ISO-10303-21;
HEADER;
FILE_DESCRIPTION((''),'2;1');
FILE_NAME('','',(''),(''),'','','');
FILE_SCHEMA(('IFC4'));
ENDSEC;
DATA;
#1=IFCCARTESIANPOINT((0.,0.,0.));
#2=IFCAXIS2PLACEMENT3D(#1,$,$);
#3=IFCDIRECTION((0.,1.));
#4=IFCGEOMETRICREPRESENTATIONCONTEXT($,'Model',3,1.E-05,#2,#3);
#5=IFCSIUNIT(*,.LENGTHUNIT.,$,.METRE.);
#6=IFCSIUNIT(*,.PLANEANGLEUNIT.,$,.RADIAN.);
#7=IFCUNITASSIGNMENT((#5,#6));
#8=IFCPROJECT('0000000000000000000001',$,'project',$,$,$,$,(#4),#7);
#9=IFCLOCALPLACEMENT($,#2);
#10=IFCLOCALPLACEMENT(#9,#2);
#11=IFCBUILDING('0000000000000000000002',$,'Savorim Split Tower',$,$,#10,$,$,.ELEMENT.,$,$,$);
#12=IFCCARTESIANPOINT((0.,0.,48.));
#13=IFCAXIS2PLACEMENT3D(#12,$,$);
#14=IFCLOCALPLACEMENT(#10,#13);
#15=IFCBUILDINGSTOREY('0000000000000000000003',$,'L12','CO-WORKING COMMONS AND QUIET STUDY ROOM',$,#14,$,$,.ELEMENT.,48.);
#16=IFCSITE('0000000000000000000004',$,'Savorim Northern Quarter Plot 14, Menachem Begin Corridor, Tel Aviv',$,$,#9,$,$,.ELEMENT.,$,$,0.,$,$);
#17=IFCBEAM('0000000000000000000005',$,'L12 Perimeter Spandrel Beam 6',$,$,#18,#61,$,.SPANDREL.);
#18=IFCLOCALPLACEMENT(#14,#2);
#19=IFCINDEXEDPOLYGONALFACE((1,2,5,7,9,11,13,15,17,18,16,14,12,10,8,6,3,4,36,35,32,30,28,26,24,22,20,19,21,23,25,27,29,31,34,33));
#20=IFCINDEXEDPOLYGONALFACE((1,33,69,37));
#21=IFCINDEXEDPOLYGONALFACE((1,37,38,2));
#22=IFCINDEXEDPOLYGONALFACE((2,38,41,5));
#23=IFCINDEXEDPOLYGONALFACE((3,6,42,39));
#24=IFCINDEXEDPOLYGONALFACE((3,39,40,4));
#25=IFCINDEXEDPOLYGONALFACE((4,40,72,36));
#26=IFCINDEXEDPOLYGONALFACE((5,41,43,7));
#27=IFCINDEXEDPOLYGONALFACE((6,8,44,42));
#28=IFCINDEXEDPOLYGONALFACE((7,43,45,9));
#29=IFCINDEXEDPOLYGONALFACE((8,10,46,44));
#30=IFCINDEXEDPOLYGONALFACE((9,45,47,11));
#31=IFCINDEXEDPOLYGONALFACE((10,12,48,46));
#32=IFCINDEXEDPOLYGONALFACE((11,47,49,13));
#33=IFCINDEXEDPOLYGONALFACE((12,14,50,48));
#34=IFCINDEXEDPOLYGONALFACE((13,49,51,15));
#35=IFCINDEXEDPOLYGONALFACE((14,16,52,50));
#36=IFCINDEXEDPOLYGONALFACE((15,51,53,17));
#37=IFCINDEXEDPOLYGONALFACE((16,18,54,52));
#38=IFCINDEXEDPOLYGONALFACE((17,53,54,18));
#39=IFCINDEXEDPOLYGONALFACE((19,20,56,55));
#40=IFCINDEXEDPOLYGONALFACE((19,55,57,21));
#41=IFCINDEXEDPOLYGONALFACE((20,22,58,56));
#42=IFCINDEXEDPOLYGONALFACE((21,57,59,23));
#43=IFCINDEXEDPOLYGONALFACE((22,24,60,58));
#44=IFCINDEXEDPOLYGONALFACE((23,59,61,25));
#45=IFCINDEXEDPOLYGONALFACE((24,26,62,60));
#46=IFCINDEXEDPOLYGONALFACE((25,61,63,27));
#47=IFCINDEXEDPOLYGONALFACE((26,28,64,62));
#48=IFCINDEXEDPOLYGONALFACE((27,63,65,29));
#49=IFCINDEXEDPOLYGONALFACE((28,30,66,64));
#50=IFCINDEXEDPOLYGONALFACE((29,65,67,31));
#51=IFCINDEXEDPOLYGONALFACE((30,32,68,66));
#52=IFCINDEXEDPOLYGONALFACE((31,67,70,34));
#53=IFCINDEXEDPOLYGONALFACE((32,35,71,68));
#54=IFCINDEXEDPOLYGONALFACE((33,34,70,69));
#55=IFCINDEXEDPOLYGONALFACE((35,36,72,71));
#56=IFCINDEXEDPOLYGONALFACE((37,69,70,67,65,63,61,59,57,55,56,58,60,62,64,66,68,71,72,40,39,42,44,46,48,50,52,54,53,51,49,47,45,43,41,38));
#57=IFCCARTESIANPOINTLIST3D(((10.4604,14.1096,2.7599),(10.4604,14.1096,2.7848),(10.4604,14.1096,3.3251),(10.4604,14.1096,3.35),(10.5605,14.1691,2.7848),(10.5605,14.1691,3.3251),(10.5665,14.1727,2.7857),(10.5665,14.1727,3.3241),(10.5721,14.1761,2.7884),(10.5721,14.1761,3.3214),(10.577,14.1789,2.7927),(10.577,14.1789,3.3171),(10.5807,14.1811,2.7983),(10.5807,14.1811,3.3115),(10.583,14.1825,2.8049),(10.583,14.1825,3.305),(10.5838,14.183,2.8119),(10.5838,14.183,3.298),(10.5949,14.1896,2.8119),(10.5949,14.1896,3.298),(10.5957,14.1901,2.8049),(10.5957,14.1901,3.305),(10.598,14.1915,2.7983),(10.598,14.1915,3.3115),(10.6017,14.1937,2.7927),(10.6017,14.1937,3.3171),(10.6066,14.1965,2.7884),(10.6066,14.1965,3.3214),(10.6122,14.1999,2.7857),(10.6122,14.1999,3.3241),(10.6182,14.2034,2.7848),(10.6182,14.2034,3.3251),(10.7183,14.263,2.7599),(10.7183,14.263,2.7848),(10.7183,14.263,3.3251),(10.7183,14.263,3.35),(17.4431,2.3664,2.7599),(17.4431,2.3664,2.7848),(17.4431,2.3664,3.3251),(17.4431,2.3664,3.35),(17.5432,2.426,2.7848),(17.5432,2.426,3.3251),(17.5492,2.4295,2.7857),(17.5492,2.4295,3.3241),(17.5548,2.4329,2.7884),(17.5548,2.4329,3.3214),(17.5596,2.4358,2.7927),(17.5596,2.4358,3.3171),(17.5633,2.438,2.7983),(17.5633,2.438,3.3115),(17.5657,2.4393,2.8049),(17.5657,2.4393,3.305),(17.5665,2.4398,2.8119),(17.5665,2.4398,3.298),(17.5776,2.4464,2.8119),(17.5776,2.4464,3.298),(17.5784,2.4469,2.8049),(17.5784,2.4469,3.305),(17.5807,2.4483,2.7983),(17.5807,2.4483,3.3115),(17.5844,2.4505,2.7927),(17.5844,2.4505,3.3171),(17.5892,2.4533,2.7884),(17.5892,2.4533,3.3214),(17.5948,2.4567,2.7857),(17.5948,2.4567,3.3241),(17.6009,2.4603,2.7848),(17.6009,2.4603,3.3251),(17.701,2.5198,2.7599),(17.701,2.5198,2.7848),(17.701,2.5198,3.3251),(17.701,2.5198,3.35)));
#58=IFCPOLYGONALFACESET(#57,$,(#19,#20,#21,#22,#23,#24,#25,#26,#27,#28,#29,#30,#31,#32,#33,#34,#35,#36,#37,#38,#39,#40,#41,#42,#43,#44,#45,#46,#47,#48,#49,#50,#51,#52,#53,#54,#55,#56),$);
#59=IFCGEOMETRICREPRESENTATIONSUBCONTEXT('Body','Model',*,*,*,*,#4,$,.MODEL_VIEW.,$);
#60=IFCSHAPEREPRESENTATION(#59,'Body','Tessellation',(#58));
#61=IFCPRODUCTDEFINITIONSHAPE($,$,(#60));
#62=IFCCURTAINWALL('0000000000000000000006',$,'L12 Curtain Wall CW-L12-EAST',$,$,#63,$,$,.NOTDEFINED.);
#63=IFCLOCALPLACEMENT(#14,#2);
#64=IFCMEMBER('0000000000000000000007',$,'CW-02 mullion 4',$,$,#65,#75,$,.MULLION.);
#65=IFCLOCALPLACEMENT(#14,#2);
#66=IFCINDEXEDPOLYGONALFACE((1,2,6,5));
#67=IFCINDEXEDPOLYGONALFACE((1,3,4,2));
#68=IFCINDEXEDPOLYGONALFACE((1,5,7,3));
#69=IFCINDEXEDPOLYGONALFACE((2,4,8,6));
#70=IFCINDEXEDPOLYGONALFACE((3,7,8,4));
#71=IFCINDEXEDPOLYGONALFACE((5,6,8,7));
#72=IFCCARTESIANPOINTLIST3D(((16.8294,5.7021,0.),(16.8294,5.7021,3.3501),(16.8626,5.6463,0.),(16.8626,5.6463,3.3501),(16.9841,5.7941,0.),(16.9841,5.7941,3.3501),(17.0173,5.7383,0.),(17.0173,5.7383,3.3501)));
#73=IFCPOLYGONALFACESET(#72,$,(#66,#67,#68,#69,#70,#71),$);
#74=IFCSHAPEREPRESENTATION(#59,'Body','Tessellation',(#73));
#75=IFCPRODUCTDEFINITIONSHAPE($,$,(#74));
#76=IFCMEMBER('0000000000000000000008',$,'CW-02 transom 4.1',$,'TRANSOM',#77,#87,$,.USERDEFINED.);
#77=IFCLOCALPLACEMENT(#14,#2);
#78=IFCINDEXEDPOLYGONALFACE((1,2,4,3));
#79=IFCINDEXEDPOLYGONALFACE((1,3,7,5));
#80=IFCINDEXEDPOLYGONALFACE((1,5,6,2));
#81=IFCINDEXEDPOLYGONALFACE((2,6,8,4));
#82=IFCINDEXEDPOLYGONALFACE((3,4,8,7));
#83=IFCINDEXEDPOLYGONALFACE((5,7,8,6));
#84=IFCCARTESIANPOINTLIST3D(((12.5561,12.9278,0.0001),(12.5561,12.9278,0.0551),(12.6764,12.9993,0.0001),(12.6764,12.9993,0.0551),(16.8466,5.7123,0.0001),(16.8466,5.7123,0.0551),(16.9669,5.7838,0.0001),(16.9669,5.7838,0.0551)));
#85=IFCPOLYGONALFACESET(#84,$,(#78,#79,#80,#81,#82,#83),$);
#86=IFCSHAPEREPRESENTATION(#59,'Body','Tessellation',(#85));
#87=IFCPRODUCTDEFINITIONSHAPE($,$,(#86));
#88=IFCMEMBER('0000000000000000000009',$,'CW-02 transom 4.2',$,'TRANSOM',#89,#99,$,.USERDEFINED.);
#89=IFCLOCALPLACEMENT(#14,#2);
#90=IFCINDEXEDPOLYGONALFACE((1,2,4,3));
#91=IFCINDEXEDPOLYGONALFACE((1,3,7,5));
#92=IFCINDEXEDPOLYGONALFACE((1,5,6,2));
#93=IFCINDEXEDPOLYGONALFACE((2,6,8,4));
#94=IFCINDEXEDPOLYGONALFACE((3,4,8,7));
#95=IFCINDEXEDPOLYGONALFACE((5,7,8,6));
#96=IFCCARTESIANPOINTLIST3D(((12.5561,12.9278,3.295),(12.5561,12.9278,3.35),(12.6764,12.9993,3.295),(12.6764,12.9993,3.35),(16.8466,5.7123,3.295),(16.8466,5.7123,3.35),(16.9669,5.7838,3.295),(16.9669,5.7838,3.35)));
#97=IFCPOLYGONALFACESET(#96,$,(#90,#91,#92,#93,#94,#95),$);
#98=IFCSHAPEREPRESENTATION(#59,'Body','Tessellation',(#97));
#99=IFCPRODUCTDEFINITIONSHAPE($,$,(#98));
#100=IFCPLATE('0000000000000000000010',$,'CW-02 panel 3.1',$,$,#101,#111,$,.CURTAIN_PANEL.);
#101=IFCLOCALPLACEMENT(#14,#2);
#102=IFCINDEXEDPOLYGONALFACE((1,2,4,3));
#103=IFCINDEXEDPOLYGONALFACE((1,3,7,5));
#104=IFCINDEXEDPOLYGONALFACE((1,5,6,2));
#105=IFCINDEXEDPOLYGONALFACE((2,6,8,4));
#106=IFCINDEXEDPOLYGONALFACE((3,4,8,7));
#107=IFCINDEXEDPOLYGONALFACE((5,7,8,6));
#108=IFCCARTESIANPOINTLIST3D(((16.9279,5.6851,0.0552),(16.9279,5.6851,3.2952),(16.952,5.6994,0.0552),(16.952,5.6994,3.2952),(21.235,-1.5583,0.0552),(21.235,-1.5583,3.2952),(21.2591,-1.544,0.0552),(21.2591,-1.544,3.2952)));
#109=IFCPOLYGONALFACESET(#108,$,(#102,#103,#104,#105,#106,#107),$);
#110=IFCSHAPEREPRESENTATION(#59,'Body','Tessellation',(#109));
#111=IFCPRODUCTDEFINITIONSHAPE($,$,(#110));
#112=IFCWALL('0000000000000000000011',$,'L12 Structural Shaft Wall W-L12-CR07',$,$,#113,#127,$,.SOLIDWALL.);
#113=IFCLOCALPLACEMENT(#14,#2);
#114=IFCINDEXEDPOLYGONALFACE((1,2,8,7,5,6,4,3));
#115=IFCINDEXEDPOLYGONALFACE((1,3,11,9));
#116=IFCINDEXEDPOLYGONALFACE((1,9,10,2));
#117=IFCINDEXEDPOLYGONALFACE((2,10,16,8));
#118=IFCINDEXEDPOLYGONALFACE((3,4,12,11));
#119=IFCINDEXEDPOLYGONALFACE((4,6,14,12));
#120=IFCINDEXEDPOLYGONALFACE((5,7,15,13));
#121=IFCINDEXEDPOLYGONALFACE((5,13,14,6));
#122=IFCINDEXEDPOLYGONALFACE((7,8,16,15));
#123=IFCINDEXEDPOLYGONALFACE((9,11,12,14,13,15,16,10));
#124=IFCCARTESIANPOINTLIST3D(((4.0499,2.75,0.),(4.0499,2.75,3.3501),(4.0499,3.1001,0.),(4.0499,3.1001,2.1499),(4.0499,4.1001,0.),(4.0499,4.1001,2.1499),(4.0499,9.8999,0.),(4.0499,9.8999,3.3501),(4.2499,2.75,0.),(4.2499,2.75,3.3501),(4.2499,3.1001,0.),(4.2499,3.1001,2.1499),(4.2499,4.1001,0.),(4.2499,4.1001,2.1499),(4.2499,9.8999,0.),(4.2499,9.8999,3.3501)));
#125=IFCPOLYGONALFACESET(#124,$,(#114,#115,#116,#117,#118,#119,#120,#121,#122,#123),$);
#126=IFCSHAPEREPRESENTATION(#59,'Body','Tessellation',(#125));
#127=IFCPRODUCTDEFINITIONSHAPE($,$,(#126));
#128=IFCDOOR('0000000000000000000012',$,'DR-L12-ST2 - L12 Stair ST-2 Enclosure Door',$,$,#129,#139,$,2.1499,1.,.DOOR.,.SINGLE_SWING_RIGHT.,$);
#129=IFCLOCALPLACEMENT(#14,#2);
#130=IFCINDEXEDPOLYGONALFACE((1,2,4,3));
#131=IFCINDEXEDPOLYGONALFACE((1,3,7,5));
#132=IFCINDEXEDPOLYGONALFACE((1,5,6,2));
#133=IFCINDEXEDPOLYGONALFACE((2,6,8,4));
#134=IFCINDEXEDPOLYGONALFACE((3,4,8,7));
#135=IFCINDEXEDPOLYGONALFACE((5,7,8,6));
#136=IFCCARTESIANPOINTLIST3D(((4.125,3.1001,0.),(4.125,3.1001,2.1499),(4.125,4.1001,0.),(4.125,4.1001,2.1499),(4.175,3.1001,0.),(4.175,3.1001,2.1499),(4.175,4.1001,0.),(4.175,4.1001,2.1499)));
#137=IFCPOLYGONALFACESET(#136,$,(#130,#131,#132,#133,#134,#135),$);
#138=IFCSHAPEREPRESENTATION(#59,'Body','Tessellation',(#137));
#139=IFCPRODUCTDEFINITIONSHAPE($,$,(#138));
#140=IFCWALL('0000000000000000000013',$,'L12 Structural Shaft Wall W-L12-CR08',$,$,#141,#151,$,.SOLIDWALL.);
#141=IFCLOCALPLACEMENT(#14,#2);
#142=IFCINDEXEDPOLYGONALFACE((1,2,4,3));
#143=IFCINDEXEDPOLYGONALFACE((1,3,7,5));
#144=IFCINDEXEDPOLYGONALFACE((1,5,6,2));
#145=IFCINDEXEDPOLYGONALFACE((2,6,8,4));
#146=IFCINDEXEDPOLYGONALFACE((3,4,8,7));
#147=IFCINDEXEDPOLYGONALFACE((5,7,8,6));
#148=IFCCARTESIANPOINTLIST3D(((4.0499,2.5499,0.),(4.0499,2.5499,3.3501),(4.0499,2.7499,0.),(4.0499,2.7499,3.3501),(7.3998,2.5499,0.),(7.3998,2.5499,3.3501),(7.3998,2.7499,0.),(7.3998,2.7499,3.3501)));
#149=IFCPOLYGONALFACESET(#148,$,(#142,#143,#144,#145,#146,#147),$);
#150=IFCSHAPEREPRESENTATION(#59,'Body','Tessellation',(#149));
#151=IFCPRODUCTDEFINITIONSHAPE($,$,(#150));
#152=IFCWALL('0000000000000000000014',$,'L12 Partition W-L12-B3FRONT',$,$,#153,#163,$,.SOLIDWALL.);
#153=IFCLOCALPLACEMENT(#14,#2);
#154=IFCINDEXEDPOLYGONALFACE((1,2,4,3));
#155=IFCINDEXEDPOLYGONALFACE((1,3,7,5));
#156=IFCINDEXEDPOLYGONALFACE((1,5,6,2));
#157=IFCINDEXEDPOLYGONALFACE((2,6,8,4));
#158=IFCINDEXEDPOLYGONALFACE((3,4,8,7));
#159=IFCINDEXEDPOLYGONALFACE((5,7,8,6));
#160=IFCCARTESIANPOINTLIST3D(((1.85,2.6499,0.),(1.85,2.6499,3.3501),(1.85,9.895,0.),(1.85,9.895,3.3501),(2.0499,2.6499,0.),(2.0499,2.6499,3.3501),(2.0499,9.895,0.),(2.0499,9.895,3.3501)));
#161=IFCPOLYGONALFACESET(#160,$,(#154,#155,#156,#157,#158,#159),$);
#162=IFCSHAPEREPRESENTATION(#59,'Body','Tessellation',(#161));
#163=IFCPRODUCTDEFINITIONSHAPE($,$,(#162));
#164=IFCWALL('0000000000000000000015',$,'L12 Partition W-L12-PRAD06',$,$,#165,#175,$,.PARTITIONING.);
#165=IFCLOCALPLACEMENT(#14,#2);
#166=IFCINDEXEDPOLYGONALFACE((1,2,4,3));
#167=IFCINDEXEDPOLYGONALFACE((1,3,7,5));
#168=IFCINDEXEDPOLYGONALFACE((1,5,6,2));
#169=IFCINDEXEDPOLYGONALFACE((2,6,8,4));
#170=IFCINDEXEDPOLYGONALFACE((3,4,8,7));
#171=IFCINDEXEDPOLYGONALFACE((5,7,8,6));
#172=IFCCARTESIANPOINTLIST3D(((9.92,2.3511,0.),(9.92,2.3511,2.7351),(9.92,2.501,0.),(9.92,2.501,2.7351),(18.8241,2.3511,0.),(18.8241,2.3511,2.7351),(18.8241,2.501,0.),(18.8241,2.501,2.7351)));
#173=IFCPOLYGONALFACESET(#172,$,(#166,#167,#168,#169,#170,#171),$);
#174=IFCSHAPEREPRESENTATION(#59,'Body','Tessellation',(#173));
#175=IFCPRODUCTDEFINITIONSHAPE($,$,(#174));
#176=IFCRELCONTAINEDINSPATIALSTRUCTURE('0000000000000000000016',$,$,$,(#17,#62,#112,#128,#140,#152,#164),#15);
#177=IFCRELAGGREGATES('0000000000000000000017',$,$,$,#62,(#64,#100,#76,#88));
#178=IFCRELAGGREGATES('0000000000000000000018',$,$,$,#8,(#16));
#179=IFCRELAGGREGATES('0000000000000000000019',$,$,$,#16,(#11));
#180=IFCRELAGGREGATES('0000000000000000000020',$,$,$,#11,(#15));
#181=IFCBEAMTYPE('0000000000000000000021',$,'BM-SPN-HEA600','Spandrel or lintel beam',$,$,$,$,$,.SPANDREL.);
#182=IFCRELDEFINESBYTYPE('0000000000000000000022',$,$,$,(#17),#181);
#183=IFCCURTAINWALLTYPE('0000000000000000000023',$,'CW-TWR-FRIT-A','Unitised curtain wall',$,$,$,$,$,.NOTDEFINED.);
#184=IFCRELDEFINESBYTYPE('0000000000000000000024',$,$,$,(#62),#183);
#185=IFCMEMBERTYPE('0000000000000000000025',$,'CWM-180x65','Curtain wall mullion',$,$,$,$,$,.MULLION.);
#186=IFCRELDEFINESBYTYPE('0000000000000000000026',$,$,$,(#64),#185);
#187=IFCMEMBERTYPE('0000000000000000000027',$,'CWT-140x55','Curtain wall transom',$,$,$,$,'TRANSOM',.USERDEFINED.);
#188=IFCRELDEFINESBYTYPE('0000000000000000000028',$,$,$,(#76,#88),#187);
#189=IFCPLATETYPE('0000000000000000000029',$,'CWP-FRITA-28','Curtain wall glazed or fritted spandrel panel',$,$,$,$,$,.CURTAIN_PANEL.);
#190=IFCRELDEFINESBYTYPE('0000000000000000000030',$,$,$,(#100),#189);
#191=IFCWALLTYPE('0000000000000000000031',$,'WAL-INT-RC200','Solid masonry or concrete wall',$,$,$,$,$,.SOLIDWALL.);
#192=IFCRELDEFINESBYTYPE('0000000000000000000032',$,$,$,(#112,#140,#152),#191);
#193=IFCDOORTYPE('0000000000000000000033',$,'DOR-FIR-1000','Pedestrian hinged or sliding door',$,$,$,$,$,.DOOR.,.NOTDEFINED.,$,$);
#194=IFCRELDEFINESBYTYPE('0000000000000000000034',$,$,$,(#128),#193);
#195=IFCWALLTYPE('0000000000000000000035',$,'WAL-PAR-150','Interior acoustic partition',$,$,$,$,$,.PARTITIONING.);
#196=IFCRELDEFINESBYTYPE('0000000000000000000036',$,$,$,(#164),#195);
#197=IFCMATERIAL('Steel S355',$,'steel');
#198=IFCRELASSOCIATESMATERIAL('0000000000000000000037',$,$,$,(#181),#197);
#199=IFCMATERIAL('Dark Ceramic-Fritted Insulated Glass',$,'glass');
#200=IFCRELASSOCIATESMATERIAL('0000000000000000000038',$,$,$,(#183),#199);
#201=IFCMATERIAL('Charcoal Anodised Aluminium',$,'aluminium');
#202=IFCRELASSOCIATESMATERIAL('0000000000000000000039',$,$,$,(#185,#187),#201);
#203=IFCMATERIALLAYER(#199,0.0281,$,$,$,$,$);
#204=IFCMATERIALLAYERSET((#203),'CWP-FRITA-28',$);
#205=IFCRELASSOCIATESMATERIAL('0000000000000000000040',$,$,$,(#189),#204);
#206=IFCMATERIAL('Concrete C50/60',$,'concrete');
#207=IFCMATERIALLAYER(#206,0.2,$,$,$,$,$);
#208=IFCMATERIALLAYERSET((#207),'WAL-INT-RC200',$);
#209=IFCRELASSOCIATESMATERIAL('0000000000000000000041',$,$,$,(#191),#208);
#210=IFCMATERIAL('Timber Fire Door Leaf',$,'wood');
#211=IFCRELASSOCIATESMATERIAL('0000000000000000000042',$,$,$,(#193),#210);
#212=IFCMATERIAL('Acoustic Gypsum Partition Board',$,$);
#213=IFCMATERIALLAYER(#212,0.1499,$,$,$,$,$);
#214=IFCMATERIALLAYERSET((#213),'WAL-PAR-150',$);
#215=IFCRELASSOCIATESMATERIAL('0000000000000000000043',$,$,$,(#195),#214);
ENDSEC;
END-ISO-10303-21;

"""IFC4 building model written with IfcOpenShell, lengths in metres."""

from ifc_helpers import new_model, si_unit, direction, frame, frame_2d, origin, origin_2d, place, context, subcontext, project, spatial, rectangle, i_section, extrude, material, layer, layer_set, material_profile, profile_set, type_object, element, fill, aggregate, save


model = new_model("IFC4")

# Units and contexts
model_context = context("Model", 3, precision=1e-05, world=origin(), true_north=direction((0.0, 1.0)))
body_context = subcontext(model_context, "Body", "Model", "MODEL_VIEW")
ifc_project = project(units=[si_unit("LENGTHUNIT", "METRE"), si_unit("PLANEANGLEUNIT", "RADIAN")], contexts=[model_context])

# Site, building, storey
site_placement = place(None, origin())
site = spatial("IfcSite", under=ifc_project, at=site_placement, Name="Savorim Northern Quarter Plot 14, Menachem Begin Corridor, Tel Aviv", CompositionType="ELEMENT", RefElevation=0.0)
building_placement = place(site_placement, origin())
building = spatial("IfcBuilding", under=site, at=building_placement, Name="Savorim Split Tower", CompositionType="ELEMENT")
storey_placement = place(building_placement, frame((0.0, 0.0, 48.0)))
storey = spatial("IfcBuildingStorey", under=building, at=storey_placement, Name="L12", Description="CO-WORKING COMMONS AND QUIET STUDY ROOM", CompositionType="ELEMENT", Elevation=48.0)

# Beam
ifc_material_1 = material(Name="Steel S355", Category="steel")
ifc_material_profile_1 = material_profile(ifc_material_1, i_section(OverallWidth=0.3, OverallDepth=0.5901, WebThickness=0.0129, FlangeThickness=0.0249, FilletRadius=0.0271, at=origin_2d()), Name="HEA 600")
ifc_profile_set_1 = profile_set([ifc_material_profile_1], Name="Steel S355")
beam_type_1 = type_object("IfcBeamType", Name="BM-SPN-HEA600", Description="Spandrel or lintel beam", PredefinedType="SPANDREL", material=ifc_profile_set_1)
beam_1_placement = place(storey_placement, frame((17.572, 2.4431, 3.0549), z_axis=(-0.511089, 0.859528, 0.0), x_axis=(-0.859528, -0.511089, 0.0)))
element("IfcBeam", 1, at=beam_1_placement, inside=storey, type_object=beam_type_1, Name="L12 Perimeter Spandrel Beam 6", PredefinedType="SPANDREL", context=body_context, shape_type="SweptSolid", body=[
    extrude(i_section(OverallWidth=0.3, OverallDepth=0.5901, WebThickness=0.0129, FlangeThickness=0.0249, FilletRadius=0.0271, at=origin_2d()), origin(), (0.0, 0.0, 1.0), 13.6624),
])

# Curtain wall, members, plate
ifc_material_2 = material(Name="Dark Ceramic-Fritted Insulated Glass", Category="glass")
curtain_wall_type = type_object("IfcCurtainWallType", Name="CW-TWR-FRIT-A", Description="Unitised curtain wall", PredefinedType="NOTDEFINED", material=ifc_material_2)
curtain_wall_placement = place(storey_placement, origin())
curtain_wall = element("IfcCurtainWall", 2, at=curtain_wall_placement, inside=storey, type_object=curtain_wall_type, Name="L12 Curtain Wall CW-L12-EAST", PredefinedType="NOTDEFINED")
ifc_material_3 = material(Name="Charcoal Anodised Aluminium", Category="aluminium")
ifc_material_profile_2 = material_profile(ifc_material_3, rectangle(XDim=0.1799, YDim=0.0649, at=origin_2d()), Name="ALU-M 180x65")
ifc_profile_set_2 = profile_set([ifc_material_profile_2], Name="Charcoal Anodised Aluminium")
member_type_1 = type_object("IfcMemberType", Name="CWM-180x65", Description="Curtain wall mullion", PredefinedType="MULLION", material=ifc_profile_set_2)
member_1_placement = place(storey_placement, frame((16.9233, 5.7202, 0.0), z_axis=(0.0, 0.0, 1.0), x_axis=(-0.859526, -0.511092, 0.0)))
member_1 = element("IfcMember", 3, at=member_1_placement, type_object=member_type_1, Name="CW-02 mullion 4", PredefinedType="MULLION", context=body_context, shape_type="SweptSolid", body=[
    extrude(rectangle(XDim=0.1799, YDim=0.0649, at=origin_2d()), origin(), (0.0, 0.0, 1.0), 3.3501),
])
ifc_material_profile_3 = material_profile(ifc_material_3, rectangle(XDim=0.1399, YDim=0.0549, at=origin_2d()), Name="ALU-T 140x55")
ifc_profile_set_3 = profile_set([ifc_material_profile_3], Name="Charcoal Anodised Aluminium")
member_type_2 = type_object("IfcMemberType", Name="CWT-140x55", Description="Curtain wall transom", ElementType="TRANSOM", PredefinedType="USERDEFINED", material=ifc_profile_set_3)
member_2_placement = place(storey_placement, frame((16.9067, 5.748, 0.0276), z_axis=(-0.511092, 0.859526, 0.0), x_axis=(-0.859526, -0.511092, 0.0)))
member_2 = element("IfcMember", 4, at=member_2_placement, type_object=member_type_2, Name="CW-02 transom 4.1", ObjectType="TRANSOM", PredefinedType="USERDEFINED", context=body_context, shape_type="SweptSolid", body=[
    extrude(rectangle(XDim=0.1399, YDim=0.0549, at=origin_2d()), origin(), (0.0, 0.0, 1.0), 8.3948),
])
member_3_placement = place(storey_placement, frame((16.9067, 5.748, 3.3225), z_axis=(-0.511092, 0.859526, 0.0), x_axis=(-0.859526, -0.511092, 0.0)))
member_3 = element("IfcMember", 5, at=member_3_placement, type_object=member_type_2, Name="CW-02 transom 4.2", ObjectType="TRANSOM", PredefinedType="USERDEFINED", context=body_context, shape_type="SweptSolid", body=[
    extrude(rectangle(XDim=0.1399, YDim=0.0549, at=origin_2d()), origin(), (0.0, 0.0, 1.0), 8.3948),
])
ifc_layer_1 = layer(ifc_material_2, 0.0281)
ifc_layer_set_1 = layer_set([ifc_layer_1], Name="CWP-FRITA-28")
plate_type = type_object("IfcPlateType", Name="CWP-FRITA-28", Description="Curtain wall glazed or fritted spandrel panel", PredefinedType="CURTAIN_PANEL", material=ifc_layer_set_1)
plate_placement = place(storey_placement, frame((19.0935, 2.0706, 0.0552), z_axis=(0.0, 0.0, 1.0), x_axis=(-0.511092, 0.859526, 0.0)))
plate = element("IfcPlate", 6, at=plate_placement, type_object=plate_type, Name="CW-02 panel 3.1", PredefinedType="CURTAIN_PANEL", context=body_context, shape_type="SweptSolid", body=[
    extrude(rectangle(XDim=8.4272, YDim=0.0281, at=origin_2d()), origin(), (0.0, 0.0, 1.0), 3.24),
])
aggregate(curtain_wall, [member_1, plate, member_2, member_3])

# Wall, opening, door
ifc_material_4 = material(Name="Concrete C50/60", Category="concrete")
ifc_layer_2 = layer(ifc_material_4, 0.2)
ifc_layer_set_2 = layer_set([ifc_layer_2], Name="WAL-INT-RC200")
wall_type_1 = type_object("IfcWallType", Name="WAL-INT-RC200", Description="Solid masonry or concrete wall", PredefinedType="SOLIDWALL", material=ifc_layer_set_2)
wall_1_placement = place(storey_placement, frame((4.1499, 2.75, 0.0), z_axis=(0.0, 0.0, 1.0), x_axis=(0.0, 1.0, 0.0)))
wall_1 = element("IfcWall", 7, at=wall_1_placement, inside=storey, type_object=wall_type_1, Name="L12 Structural Shaft Wall W-L12-CR07", PredefinedType="SOLIDWALL", context=body_context, shape_type="SweptSolid", body=[
    extrude(rectangle(XDim=7.1499, YDim=0.2, at=frame_2d((3.575, 0.0))), origin(), (0.0, 0.0, 1.0), 3.3501),
])
opening_placement = place(wall_1_placement, frame((0.3501, 0.0, 0.0)))
opening = element("IfcOpeningElement", 8, at=opening_placement, cuts=wall_1, PredefinedType="OPENING", context=body_context, shape_type="SweptSolid", body=[
    extrude(rectangle(XDim=1.0, YDim=2.1499, at=frame_2d((0.5, 1.075))), frame((0.0, 0.1099, 0.0), z_axis=(0.0, -1.0, 0.0), x_axis=(1.0, 0.0, 0.0)), (0.0, 0.0, 1.0), 0.22),
])
ifc_material_5 = material(Name="Timber Fire Door Leaf", Category="wood")
door_type = type_object("IfcDoorType", Name="DOR-FIR-1000", Description="Pedestrian hinged or sliding door", OperationType="NOTDEFINED", PredefinedType="DOOR", material=ifc_material_5)
door_placement = place(opening_placement, origin())
door = element("IfcDoor", 9, at=door_placement, inside=storey, type_object=door_type, Name="DR-L12-ST2 - L12 Stair ST-2 Enclosure Door", OperationType="SINGLE_SWING_RIGHT", OverallHeight=2.1499, OverallWidth=1.0, PredefinedType="DOOR", context=body_context, shape_type="SweptSolid", body=[
    extrude(rectangle(XDim=1.0, YDim=2.1499, at=frame_2d((0.5, 1.075))), frame((0.0, 0.0249, 0.0), z_axis=(0.0, -1.0, 0.0), x_axis=(1.0, 0.0, 0.0)), (0.0, 0.0, 1.0), 0.05),
])
fill(opening, door)

# Walls
wall_2_placement = place(storey_placement, frame((4.05, 2.6499, 0.0), z_axis=(0.0, 0.0, 1.0), x_axis=(1.0, 0.0, 0.0)))
element("IfcWall", 10, at=wall_2_placement, inside=storey, type_object=wall_type_1, Name="L12 Structural Shaft Wall W-L12-CR08", PredefinedType="SOLIDWALL", context=body_context, shape_type="SweptSolid", body=[
    extrude(rectangle(XDim=3.3499, YDim=0.2, at=frame_2d((1.6748, 0.0))), origin(), (0.0, 0.0, 1.0), 3.3501),
])
wall_3_placement = place(storey_placement, frame((1.95, 2.6499, 0.0), z_axis=(0.0, 0.0, 1.0), x_axis=(0.0, 1.0, 0.0)))
element("IfcWall", 11, at=wall_3_placement, inside=storey, type_object=wall_type_1, Name="L12 Partition W-L12-B3FRONT", PredefinedType="SOLIDWALL", context=body_context, shape_type="SweptSolid", body=[
    extrude(rectangle(XDim=7.2451, YDim=0.2, at=frame_2d((3.6226, 0.0))), origin(), (0.0, 0.0, 1.0), 3.3501),
])
ifc_material_6 = material(Name="Acoustic Gypsum Partition Board")
ifc_layer_3 = layer(ifc_material_6, 0.1499)
ifc_layer_set_3 = layer_set([ifc_layer_3], Name="WAL-PAR-150")
wall_type_2 = type_object("IfcWallType", Name="WAL-PAR-150", Description="Interior acoustic partition", PredefinedType="PARTITIONING", material=ifc_layer_set_3)
wall_4_placement = place(storey_placement, frame((9.9199, 2.426, 0.0), z_axis=(0.0, 0.0, 1.0), x_axis=(1.0, 0.0, 0.0)))
element("IfcWall", 12, at=wall_4_placement, inside=storey, type_object=wall_type_2, Name="L12 Partition W-L12-PRAD06", PredefinedType="PARTITIONING", context=body_context, shape_type="SweptSolid", body=[
    extrude(rectangle(XDim=8.9041, YDim=0.1499, at=frame_2d((4.4521, 0.0))), origin(), (0.0, 0.0, 1.0), 2.7351),
])

save(model, "model.ifc")
